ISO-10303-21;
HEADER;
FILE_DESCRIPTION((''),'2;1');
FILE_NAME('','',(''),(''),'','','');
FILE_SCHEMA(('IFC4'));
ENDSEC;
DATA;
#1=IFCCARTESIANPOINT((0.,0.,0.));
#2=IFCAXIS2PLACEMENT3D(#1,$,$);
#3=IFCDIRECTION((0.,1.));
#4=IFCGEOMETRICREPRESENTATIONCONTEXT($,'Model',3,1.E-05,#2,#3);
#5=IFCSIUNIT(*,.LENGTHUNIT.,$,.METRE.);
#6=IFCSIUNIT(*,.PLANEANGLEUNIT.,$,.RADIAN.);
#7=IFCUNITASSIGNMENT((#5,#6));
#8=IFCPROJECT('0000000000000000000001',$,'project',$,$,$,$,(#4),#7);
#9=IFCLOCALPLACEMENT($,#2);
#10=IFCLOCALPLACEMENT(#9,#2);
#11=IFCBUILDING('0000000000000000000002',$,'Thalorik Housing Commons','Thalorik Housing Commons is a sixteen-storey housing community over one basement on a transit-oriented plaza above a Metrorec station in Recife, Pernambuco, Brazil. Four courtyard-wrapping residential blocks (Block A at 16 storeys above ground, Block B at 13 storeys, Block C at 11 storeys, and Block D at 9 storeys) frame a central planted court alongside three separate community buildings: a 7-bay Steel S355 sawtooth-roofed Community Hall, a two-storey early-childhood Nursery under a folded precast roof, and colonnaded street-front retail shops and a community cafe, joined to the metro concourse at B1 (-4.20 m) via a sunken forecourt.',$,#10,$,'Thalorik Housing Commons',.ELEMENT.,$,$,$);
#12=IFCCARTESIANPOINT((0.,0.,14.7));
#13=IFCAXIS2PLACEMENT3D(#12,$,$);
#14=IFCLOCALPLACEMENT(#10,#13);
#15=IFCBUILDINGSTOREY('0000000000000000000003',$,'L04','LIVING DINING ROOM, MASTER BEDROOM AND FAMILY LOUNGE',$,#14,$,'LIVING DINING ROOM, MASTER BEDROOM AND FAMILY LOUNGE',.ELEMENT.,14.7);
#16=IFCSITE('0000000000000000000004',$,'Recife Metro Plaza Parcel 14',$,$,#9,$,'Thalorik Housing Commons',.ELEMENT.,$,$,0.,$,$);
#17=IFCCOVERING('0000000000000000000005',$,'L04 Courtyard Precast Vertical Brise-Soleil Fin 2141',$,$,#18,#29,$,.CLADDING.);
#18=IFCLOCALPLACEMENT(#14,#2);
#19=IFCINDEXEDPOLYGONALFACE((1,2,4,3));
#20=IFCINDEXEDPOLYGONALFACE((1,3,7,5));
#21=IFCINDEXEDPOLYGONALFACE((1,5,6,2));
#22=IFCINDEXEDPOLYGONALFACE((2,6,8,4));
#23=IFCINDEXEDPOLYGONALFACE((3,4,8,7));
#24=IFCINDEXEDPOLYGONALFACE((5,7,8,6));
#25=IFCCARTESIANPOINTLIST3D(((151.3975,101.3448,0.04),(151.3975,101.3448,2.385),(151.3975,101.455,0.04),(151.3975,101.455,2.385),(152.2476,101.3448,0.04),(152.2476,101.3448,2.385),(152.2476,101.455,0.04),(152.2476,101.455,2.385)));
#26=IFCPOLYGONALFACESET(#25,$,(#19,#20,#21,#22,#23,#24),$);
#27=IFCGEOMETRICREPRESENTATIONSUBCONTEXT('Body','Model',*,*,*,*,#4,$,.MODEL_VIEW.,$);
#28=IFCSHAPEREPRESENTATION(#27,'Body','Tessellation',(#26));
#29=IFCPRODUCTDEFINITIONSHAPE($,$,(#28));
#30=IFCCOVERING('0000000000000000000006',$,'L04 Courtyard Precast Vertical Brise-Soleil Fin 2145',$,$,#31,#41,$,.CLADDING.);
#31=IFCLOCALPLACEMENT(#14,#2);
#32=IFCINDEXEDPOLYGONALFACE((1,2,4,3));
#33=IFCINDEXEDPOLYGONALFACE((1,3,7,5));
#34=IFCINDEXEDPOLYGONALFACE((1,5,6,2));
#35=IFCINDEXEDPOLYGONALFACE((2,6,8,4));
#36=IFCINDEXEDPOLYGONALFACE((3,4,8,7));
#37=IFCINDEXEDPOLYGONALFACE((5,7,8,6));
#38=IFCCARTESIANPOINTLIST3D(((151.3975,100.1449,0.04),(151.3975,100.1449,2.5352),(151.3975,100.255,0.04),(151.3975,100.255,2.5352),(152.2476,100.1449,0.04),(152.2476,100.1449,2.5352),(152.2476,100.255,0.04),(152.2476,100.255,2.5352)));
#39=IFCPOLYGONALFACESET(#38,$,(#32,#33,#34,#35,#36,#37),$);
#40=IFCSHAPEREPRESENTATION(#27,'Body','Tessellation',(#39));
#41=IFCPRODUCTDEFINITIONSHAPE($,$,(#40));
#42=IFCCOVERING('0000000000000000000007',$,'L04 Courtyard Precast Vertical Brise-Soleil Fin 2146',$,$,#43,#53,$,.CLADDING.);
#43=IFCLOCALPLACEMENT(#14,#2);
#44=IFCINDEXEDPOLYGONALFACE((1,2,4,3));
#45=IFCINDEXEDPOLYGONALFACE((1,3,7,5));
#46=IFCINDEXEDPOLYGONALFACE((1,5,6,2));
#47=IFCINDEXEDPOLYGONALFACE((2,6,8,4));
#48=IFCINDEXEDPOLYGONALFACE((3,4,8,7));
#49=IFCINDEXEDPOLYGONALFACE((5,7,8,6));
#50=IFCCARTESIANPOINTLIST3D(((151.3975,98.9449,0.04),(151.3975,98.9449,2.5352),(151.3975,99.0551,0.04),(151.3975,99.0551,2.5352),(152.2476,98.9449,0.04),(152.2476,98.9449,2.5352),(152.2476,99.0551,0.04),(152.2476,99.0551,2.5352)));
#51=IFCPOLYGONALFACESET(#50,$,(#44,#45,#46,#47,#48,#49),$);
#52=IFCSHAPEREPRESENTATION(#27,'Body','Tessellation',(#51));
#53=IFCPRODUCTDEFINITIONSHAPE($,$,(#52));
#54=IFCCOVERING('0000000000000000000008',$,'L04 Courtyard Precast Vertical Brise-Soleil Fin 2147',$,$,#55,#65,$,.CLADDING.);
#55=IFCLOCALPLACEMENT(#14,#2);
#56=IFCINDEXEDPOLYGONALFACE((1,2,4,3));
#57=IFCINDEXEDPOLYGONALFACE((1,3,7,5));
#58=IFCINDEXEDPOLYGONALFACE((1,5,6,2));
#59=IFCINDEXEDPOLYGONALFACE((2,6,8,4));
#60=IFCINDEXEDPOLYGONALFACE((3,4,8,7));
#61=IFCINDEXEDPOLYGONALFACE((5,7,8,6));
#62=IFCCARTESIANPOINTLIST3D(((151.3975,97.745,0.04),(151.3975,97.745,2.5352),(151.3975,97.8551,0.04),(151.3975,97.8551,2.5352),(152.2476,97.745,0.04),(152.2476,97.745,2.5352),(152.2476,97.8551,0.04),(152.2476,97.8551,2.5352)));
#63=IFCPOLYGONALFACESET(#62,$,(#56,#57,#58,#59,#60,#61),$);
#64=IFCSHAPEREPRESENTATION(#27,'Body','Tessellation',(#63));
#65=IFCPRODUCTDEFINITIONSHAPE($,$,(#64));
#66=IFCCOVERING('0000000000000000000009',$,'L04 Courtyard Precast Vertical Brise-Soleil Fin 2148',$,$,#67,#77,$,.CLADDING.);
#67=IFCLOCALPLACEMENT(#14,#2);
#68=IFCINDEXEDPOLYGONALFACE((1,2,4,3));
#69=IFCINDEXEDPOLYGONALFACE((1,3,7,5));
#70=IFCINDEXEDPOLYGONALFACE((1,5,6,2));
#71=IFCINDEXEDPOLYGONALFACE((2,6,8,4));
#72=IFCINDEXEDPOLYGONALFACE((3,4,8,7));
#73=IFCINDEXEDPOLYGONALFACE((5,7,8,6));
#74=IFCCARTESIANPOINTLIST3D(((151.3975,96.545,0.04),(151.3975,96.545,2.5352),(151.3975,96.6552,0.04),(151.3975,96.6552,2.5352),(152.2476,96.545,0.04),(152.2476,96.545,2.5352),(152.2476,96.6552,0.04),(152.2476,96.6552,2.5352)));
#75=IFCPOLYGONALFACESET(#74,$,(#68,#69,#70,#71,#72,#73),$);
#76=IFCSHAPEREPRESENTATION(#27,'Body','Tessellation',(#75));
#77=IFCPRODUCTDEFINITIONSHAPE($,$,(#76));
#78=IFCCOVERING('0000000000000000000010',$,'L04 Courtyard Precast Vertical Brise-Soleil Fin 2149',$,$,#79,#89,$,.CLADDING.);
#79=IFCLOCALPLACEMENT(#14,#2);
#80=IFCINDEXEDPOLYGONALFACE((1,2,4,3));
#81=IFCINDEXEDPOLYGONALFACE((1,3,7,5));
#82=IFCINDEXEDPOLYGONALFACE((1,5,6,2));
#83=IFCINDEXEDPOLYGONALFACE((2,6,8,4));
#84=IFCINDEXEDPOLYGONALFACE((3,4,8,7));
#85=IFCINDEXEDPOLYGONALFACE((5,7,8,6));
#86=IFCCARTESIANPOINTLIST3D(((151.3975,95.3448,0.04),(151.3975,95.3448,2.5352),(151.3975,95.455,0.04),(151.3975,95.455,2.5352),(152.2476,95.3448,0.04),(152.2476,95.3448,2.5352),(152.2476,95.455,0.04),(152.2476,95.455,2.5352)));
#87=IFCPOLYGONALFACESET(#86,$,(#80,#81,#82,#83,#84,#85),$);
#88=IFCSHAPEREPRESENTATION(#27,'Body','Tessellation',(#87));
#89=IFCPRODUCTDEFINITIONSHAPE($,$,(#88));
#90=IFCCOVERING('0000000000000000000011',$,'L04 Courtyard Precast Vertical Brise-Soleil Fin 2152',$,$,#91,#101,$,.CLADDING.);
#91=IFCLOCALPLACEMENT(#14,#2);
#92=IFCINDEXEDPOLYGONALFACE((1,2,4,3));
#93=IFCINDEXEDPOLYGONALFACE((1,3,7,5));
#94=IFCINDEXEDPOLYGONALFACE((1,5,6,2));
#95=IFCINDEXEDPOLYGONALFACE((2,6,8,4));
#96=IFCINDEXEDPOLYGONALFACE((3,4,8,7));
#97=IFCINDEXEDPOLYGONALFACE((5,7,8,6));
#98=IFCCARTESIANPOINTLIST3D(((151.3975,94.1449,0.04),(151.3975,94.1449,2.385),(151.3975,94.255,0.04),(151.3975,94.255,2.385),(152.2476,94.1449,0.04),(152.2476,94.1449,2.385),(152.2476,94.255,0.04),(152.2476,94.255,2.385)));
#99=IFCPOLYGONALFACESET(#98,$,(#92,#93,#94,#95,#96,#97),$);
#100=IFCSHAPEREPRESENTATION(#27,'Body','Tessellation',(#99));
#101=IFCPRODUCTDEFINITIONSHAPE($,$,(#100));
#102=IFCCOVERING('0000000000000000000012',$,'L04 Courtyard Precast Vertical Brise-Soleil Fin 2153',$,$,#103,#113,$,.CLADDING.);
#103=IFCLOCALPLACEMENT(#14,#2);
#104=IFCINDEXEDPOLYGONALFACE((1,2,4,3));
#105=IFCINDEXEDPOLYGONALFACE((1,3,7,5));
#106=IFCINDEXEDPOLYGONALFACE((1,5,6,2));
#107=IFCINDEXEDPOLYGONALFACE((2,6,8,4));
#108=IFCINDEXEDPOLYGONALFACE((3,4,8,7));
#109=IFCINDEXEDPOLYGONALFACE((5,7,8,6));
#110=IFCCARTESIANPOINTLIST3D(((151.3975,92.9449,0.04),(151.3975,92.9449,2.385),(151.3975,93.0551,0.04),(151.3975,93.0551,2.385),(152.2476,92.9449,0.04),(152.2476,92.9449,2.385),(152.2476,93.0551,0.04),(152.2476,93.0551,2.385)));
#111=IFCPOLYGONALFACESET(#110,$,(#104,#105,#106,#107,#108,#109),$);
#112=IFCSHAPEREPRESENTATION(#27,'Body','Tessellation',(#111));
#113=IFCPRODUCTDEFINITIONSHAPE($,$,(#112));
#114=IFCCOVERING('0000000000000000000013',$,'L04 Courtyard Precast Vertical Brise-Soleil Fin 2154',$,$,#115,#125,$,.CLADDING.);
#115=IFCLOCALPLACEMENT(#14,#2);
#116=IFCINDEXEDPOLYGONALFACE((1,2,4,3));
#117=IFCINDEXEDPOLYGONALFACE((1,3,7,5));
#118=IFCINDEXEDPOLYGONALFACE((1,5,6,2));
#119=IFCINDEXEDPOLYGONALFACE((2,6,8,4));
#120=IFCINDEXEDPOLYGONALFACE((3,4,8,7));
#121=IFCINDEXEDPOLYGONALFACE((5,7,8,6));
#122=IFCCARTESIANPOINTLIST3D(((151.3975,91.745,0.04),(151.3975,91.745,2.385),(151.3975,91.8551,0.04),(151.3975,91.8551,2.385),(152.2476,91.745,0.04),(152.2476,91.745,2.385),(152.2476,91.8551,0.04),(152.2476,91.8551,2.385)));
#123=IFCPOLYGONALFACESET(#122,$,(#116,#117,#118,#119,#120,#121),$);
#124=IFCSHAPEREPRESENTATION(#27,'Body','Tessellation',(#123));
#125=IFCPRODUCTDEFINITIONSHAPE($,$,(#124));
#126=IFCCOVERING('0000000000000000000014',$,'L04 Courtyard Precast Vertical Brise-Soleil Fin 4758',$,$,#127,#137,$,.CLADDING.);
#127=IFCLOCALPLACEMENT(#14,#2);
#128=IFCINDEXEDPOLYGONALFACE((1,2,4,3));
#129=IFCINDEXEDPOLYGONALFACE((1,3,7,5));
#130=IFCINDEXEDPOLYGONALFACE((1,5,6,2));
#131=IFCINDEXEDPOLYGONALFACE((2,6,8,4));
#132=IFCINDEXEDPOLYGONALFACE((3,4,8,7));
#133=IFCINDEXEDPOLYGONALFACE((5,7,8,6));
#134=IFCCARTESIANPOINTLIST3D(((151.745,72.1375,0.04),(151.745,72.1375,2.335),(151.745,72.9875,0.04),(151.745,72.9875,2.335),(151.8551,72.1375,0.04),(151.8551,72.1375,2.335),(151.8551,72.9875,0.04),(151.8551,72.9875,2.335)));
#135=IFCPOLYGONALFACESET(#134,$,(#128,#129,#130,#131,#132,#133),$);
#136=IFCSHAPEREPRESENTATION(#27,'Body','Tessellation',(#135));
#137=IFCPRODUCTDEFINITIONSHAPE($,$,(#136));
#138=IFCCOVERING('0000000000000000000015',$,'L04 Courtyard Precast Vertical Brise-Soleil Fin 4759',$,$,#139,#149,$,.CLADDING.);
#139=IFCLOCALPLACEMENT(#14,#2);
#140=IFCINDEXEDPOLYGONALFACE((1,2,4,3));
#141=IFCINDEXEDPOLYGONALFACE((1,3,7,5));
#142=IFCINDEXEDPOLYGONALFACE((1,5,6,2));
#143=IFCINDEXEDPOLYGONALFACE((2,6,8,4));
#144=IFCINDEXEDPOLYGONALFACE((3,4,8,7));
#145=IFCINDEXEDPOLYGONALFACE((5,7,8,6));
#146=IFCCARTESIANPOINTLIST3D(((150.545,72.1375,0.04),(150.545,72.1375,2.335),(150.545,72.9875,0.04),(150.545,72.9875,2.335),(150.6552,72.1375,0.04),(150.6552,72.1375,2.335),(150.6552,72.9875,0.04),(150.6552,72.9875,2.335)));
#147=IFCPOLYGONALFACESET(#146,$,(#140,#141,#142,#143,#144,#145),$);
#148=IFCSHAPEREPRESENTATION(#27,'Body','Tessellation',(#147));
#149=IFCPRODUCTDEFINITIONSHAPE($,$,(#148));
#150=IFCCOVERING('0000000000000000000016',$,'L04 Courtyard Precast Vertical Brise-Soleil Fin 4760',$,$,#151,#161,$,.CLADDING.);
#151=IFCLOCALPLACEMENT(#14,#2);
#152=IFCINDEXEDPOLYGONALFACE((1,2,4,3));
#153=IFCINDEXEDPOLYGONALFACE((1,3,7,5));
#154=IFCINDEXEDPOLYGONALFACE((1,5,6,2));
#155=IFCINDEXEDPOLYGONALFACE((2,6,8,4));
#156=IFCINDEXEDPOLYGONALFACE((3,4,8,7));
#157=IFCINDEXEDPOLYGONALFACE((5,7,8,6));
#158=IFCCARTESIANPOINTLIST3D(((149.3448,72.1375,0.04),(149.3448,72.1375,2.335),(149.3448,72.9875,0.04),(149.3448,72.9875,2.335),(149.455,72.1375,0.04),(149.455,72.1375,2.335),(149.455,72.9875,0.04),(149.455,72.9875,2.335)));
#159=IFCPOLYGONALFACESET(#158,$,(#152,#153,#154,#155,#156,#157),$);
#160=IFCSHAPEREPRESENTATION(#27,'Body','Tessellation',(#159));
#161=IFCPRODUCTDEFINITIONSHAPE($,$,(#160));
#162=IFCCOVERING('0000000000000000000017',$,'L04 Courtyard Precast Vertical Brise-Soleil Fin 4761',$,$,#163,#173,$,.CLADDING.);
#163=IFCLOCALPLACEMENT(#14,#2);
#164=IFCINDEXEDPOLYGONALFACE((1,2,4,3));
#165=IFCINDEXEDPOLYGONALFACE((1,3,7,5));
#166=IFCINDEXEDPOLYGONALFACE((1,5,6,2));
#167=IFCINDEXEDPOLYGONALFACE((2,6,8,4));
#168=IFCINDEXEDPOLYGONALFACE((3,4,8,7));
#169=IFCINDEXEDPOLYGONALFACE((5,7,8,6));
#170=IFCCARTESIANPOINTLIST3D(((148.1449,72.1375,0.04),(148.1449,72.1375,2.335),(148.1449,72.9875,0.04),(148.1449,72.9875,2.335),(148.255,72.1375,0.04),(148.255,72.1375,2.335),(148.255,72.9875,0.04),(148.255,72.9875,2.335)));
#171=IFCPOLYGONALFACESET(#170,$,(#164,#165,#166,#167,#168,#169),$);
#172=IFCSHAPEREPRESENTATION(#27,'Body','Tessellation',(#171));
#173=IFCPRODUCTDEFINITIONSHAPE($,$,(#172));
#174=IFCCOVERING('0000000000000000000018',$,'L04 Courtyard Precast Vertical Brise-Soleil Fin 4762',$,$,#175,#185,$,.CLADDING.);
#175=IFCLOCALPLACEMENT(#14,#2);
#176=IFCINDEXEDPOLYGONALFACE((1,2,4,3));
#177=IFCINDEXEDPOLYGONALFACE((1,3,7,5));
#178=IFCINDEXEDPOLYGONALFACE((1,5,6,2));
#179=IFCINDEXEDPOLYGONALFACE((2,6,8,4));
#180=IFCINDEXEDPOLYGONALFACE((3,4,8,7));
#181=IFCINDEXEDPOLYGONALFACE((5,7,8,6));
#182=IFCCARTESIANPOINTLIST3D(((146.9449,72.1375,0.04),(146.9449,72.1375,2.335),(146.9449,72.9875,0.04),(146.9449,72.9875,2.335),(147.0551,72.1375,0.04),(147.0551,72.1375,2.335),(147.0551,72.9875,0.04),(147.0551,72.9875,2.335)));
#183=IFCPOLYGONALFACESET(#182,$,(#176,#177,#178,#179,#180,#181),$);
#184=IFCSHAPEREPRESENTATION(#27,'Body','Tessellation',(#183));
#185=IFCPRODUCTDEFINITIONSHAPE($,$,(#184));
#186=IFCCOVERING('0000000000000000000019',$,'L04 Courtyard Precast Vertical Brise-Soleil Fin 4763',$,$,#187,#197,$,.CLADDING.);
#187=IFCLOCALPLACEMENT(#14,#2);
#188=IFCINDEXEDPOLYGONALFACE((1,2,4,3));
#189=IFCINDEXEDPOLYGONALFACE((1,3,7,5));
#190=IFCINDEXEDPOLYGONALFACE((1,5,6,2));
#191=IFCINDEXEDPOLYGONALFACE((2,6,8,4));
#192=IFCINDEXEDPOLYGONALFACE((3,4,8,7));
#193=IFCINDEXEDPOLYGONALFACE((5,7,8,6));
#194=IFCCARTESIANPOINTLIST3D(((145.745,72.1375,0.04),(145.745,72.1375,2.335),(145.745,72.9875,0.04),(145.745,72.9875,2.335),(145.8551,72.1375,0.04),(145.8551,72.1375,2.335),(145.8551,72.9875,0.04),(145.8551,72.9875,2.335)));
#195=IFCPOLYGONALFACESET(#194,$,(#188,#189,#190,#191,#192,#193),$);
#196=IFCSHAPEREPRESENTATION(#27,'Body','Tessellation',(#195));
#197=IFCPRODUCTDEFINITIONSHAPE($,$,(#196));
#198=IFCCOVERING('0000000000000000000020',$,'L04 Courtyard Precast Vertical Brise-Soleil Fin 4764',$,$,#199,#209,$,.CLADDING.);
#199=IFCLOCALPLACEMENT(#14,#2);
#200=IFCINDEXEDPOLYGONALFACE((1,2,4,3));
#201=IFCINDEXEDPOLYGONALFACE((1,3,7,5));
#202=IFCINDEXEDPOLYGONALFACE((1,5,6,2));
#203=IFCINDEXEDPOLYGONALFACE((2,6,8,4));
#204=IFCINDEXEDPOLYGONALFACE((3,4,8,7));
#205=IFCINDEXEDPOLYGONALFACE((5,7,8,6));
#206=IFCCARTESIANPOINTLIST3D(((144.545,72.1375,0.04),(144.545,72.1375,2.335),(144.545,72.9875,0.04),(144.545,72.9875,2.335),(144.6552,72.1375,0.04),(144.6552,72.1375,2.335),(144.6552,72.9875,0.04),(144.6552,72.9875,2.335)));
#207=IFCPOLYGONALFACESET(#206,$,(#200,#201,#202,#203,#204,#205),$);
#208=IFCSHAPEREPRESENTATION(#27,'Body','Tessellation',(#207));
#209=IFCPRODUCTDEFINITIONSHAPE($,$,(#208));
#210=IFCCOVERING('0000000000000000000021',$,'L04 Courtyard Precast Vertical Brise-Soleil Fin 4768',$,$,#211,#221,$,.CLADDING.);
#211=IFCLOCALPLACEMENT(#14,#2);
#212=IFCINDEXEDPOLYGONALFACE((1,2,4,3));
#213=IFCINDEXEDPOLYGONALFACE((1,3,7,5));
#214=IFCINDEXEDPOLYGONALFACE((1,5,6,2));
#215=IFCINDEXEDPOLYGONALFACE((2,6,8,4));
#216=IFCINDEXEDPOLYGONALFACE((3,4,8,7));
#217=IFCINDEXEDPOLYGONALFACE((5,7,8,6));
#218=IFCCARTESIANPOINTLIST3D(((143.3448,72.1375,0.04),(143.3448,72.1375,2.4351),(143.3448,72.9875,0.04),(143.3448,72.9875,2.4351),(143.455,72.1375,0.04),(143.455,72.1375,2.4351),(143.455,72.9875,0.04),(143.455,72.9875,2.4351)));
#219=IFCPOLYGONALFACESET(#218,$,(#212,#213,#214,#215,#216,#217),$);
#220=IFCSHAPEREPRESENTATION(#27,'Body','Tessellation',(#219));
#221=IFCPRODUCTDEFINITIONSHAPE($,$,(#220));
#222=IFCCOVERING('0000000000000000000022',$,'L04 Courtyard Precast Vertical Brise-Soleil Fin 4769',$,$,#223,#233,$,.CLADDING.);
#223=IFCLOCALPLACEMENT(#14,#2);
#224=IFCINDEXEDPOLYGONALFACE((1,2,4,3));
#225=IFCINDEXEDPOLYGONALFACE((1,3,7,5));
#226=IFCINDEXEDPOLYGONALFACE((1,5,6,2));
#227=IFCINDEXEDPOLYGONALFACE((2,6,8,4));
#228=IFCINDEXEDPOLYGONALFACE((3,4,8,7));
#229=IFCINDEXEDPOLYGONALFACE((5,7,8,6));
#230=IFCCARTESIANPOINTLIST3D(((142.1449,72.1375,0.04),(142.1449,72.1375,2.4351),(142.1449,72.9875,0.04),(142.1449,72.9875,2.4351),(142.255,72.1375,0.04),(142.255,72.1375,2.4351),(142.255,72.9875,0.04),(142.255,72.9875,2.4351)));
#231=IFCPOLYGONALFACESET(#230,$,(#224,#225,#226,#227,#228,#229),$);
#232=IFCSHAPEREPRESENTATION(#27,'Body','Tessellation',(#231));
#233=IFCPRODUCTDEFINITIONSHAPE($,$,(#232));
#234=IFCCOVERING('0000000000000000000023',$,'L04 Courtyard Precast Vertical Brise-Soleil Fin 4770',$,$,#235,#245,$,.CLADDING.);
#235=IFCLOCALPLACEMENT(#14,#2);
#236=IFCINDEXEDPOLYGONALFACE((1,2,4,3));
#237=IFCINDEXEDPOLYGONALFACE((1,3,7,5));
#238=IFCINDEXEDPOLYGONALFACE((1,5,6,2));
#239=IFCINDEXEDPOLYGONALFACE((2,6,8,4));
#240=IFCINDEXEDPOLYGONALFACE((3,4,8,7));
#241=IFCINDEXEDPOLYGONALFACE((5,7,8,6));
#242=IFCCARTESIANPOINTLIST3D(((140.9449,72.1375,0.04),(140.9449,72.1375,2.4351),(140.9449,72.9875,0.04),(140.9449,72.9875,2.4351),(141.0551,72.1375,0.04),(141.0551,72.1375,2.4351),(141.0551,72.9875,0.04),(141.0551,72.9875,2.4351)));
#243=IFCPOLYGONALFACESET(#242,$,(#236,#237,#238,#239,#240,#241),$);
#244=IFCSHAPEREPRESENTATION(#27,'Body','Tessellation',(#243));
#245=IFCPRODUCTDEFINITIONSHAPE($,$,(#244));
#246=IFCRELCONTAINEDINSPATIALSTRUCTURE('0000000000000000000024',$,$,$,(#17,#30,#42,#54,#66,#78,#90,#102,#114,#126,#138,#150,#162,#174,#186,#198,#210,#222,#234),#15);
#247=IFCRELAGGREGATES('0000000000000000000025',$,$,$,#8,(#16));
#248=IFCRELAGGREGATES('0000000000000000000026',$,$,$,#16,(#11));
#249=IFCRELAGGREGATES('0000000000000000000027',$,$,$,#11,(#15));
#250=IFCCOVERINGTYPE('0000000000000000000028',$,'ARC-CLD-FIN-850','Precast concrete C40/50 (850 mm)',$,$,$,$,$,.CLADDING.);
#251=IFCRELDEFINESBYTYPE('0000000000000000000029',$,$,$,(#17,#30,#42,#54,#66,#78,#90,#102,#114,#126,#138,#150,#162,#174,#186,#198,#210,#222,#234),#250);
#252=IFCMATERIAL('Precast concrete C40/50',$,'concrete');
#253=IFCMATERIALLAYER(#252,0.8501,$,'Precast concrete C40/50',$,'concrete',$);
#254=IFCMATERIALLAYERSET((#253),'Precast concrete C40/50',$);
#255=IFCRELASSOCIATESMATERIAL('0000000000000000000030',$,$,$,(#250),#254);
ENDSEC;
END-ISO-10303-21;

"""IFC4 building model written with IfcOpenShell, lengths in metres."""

from ifc_helpers import new_model, si_unit, direction, frame, origin, origin_2d, place, context, subcontext, project, spatial, rectangle, extrude, material, layer, layer_set, type_object, element, save


model = new_model("IFC4")

# Units and contexts
model_context = context("Model", 3, precision=1e-05, world=origin(), true_north=direction((0.0, 1.0)))
body_context = subcontext(model_context, "Body", "Model", "MODEL_VIEW")
ifc_project = project(units=[si_unit("LENGTHUNIT", "METRE"), si_unit("PLANEANGLEUNIT", "RADIAN")], contexts=[model_context])

# Site, building, storey
site_placement = place(None, origin())
site = spatial("IfcSite", under=ifc_project, at=site_placement, Name="Recife Metro Plaza Parcel 14", LongName="Thalorik Housing Commons", CompositionType="ELEMENT", RefElevation=0.0)
building_placement = place(site_placement, origin())
building = spatial("IfcBuilding", under=site, at=building_placement, Name="Thalorik Housing Commons", Description="Thalorik Housing Commons is a sixteen-storey housing community over one basement on a transit-oriented plaza above a Metrorec station in Recife, Pernambuco, Brazil. Four courtyard-wrapping residential blocks (Block A at 16 storeys above ground, Block B at 13 storeys, Block C at 11 storeys, and Block D at 9 storeys) frame a central planted court alongside three separate community buildings: a 7-bay Steel S355 sawtooth-roofed Community Hall, a two-storey early-childhood Nursery under a folded precast roof, and colonnaded street-front retail shops and a community cafe, joined to the metro concourse at B1 (-4.20 m) via a sunken forecourt.", LongName="Thalorik Housing Commons", CompositionType="ELEMENT")
storey_placement = place(building_placement, frame((0.0, 0.0, 14.7)))
storey = spatial("IfcBuildingStorey", under=building, at=storey_placement, Name="L04", Description="LIVING DINING ROOM, MASTER BEDROOM AND FAMILY LOUNGE", LongName="LIVING DINING ROOM, MASTER BEDROOM AND FAMILY LOUNGE", CompositionType="ELEMENT", Elevation=14.7)

# Coverings
ifc_material = material(Name="Precast concrete C40/50", Category="concrete")
ifc_layer_1 = layer(ifc_material, 0.8501, Name="Precast concrete C40/50", Category="concrete")
ifc_layer_set_1 = layer_set([ifc_layer_1], Name="Precast concrete C40/50")
covering_type_1 = type_object("IfcCoveringType", Name="ARC-CLD-FIN-850", Description="Precast concrete C40/50 (850 mm)", PredefinedType="CLADDING", material=ifc_layer_set_1)
covering_1_placement = place(storey_placement, frame((151.8225, 101.3999, 0.04), z_axis=(0.0, 0.0, 1.0), x_axis=(0.0, -1.0, 0.0)))
element("IfcCovering", 1, at=covering_1_placement, inside=storey, type_object=covering_type_1, Name="L04 Courtyard Precast Vertical Brise-Soleil Fin 2141", PredefinedType="CLADDING", context=body_context, shape_type="SweptSolid", body=[
    extrude(rectangle(XDim=0.1101, YDim=0.8501, at=origin_2d()), origin(), (0.0, 0.0, 1.0), 2.345),
])
for number, where, z_axis, x_axis, name in (
    (2, (151.8225, 100.2, 0.04), (0.0, 0.0, 1.0), (0.0, -1.0, 0.0), "L04 Courtyard Precast Vertical Brise-Soleil Fin 2145"),
    (3, (151.8225, 99.0, 0.04), (0.0, 0.0, 1.0), (0.0, -1.0, 0.0), "L04 Courtyard Precast Vertical Brise-Soleil Fin 2146"),
    (4, (151.8225, 97.8, 0.04), (0.0, 0.0, 1.0), (0.0, -1.0, 0.0), "L04 Courtyard Precast Vertical Brise-Soleil Fin 2147"),
    (5, (151.8225, 96.6001, 0.04), (0.0, 0.0, 1.0), (0.0, -1.0, 0.0), "L04 Courtyard Precast Vertical Brise-Soleil Fin 2148"),
    (6, (151.8225, 95.3999, 0.04), (0.0, 0.0, 1.0), (0.0, -1.0, 0.0), "L04 Courtyard Precast Vertical Brise-Soleil Fin 2149"),
):
    element("IfcCovering", number, at=place(storey_placement, frame(where, z_axis=z_axis, x_axis=x_axis)), inside=storey, type_object=covering_type_1, Name=name, PredefinedType="CLADDING", context=body_context, shape_type="SweptSolid", body=[
        extrude(rectangle(XDim=0.1101, YDim=0.8501, at=origin_2d()), origin(), (0.0, 0.0, 1.0), 2.4951),
    ])
for number, where, z_axis, x_axis, name in (
    (7, (151.8225, 94.2, 0.04), (0.0, 0.0, 1.0), (0.0, -1.0, 0.0), "L04 Courtyard Precast Vertical Brise-Soleil Fin 2152"),
    (8, (151.8225, 93.0, 0.04), (0.0, 0.0, 1.0), (0.0, -1.0, 0.0), "L04 Courtyard Precast Vertical Brise-Soleil Fin 2153"),
    (9, (151.8225, 91.8, 0.04), (0.0, 0.0, 1.0), (0.0, -1.0, 0.0), "L04 Courtyard Precast Vertical Brise-Soleil Fin 2154"),
):
    element("IfcCovering", number, at=place(storey_placement, frame(where, z_axis=z_axis, x_axis=x_axis)), inside=storey, type_object=covering_type_1, Name=name, PredefinedType="CLADDING", context=body_context, shape_type="SweptSolid", body=[
        extrude(rectangle(XDim=0.1101, YDim=0.8501, at=origin_2d()), origin(), (0.0, 0.0, 1.0), 2.345),
    ])
for number, where, z_axis, x_axis, name in (
    (10, (151.8, 72.5625, 0.04), (0.0, 0.0, 1.0), (-1.0, 0.0, 0.0), "L04 Courtyard Precast Vertical Brise-Soleil Fin 4758"),
    (11, (150.6001, 72.5625, 0.04), (0.0, 0.0, 1.0), (-1.0, 0.0, 0.0), "L04 Courtyard Precast Vertical Brise-Soleil Fin 4759"),
    (12, (149.3999, 72.5625, 0.04), (0.0, 0.0, 1.0), (-1.0, 0.0, 0.0), "L04 Courtyard Precast Vertical Brise-Soleil Fin 4760"),
    (13, (148.2, 72.5625, 0.04), (0.0, 0.0, 1.0), (-1.0, 0.0, 0.0), "L04 Courtyard Precast Vertical Brise-Soleil Fin 4761"),
    (14, (147.0, 72.5625, 0.04), (0.0, 0.0, 1.0), (-1.0, 0.0, 0.0), "L04 Courtyard Precast Vertical Brise-Soleil Fin 4762"),
    (15, (145.8, 72.5625, 0.04), (0.0, 0.0, 1.0), (-1.0, 0.0, 0.0), "L04 Courtyard Precast Vertical Brise-Soleil Fin 4763"),
    (16, (144.6001, 72.5625, 0.04), (0.0, 0.0, 1.0), (-1.0, 0.0, 0.0), "L04 Courtyard Precast Vertical Brise-Soleil Fin 4764"),
):
    element("IfcCovering", number, at=place(storey_placement, frame(where, z_axis=z_axis, x_axis=x_axis)), inside=storey, type_object=covering_type_1, Name=name, PredefinedType="CLADDING", context=body_context, shape_type="SweptSolid", body=[
        extrude(rectangle(XDim=0.1101, YDim=0.8501, at=origin_2d()), origin(), (0.0, 0.0, 1.0), 2.2949),
    ])
for number, where, z_axis, x_axis, name in (
    (17, (143.3999, 72.5625, 0.04), (0.0, 0.0, 1.0), (-1.0, 0.0, 0.0), "L04 Courtyard Precast Vertical Brise-Soleil Fin 4768"),
    (18, (142.2, 72.5625, 0.04), (0.0, 0.0, 1.0), (-1.0, 0.0, 0.0), "L04 Courtyard Precast Vertical Brise-Soleil Fin 4769"),
    (19, (141.0, 72.5625, 0.04), (0.0, 0.0, 1.0), (-1.0, 0.0, 0.0), "L04 Courtyard Precast Vertical Brise-Soleil Fin 4770"),
):
    element("IfcCovering", number, at=place(storey_placement, frame(where, z_axis=z_axis, x_axis=x_axis)), inside=storey, type_object=covering_type_1, Name=name, PredefinedType="CLADDING", context=body_context, shape_type="SweptSolid", body=[
        extrude(rectangle(XDim=0.1101, YDim=0.8501, at=origin_2d()), origin(), (0.0, 0.0, 1.0), 2.395),
    ])

save(model, "model.ifc")
